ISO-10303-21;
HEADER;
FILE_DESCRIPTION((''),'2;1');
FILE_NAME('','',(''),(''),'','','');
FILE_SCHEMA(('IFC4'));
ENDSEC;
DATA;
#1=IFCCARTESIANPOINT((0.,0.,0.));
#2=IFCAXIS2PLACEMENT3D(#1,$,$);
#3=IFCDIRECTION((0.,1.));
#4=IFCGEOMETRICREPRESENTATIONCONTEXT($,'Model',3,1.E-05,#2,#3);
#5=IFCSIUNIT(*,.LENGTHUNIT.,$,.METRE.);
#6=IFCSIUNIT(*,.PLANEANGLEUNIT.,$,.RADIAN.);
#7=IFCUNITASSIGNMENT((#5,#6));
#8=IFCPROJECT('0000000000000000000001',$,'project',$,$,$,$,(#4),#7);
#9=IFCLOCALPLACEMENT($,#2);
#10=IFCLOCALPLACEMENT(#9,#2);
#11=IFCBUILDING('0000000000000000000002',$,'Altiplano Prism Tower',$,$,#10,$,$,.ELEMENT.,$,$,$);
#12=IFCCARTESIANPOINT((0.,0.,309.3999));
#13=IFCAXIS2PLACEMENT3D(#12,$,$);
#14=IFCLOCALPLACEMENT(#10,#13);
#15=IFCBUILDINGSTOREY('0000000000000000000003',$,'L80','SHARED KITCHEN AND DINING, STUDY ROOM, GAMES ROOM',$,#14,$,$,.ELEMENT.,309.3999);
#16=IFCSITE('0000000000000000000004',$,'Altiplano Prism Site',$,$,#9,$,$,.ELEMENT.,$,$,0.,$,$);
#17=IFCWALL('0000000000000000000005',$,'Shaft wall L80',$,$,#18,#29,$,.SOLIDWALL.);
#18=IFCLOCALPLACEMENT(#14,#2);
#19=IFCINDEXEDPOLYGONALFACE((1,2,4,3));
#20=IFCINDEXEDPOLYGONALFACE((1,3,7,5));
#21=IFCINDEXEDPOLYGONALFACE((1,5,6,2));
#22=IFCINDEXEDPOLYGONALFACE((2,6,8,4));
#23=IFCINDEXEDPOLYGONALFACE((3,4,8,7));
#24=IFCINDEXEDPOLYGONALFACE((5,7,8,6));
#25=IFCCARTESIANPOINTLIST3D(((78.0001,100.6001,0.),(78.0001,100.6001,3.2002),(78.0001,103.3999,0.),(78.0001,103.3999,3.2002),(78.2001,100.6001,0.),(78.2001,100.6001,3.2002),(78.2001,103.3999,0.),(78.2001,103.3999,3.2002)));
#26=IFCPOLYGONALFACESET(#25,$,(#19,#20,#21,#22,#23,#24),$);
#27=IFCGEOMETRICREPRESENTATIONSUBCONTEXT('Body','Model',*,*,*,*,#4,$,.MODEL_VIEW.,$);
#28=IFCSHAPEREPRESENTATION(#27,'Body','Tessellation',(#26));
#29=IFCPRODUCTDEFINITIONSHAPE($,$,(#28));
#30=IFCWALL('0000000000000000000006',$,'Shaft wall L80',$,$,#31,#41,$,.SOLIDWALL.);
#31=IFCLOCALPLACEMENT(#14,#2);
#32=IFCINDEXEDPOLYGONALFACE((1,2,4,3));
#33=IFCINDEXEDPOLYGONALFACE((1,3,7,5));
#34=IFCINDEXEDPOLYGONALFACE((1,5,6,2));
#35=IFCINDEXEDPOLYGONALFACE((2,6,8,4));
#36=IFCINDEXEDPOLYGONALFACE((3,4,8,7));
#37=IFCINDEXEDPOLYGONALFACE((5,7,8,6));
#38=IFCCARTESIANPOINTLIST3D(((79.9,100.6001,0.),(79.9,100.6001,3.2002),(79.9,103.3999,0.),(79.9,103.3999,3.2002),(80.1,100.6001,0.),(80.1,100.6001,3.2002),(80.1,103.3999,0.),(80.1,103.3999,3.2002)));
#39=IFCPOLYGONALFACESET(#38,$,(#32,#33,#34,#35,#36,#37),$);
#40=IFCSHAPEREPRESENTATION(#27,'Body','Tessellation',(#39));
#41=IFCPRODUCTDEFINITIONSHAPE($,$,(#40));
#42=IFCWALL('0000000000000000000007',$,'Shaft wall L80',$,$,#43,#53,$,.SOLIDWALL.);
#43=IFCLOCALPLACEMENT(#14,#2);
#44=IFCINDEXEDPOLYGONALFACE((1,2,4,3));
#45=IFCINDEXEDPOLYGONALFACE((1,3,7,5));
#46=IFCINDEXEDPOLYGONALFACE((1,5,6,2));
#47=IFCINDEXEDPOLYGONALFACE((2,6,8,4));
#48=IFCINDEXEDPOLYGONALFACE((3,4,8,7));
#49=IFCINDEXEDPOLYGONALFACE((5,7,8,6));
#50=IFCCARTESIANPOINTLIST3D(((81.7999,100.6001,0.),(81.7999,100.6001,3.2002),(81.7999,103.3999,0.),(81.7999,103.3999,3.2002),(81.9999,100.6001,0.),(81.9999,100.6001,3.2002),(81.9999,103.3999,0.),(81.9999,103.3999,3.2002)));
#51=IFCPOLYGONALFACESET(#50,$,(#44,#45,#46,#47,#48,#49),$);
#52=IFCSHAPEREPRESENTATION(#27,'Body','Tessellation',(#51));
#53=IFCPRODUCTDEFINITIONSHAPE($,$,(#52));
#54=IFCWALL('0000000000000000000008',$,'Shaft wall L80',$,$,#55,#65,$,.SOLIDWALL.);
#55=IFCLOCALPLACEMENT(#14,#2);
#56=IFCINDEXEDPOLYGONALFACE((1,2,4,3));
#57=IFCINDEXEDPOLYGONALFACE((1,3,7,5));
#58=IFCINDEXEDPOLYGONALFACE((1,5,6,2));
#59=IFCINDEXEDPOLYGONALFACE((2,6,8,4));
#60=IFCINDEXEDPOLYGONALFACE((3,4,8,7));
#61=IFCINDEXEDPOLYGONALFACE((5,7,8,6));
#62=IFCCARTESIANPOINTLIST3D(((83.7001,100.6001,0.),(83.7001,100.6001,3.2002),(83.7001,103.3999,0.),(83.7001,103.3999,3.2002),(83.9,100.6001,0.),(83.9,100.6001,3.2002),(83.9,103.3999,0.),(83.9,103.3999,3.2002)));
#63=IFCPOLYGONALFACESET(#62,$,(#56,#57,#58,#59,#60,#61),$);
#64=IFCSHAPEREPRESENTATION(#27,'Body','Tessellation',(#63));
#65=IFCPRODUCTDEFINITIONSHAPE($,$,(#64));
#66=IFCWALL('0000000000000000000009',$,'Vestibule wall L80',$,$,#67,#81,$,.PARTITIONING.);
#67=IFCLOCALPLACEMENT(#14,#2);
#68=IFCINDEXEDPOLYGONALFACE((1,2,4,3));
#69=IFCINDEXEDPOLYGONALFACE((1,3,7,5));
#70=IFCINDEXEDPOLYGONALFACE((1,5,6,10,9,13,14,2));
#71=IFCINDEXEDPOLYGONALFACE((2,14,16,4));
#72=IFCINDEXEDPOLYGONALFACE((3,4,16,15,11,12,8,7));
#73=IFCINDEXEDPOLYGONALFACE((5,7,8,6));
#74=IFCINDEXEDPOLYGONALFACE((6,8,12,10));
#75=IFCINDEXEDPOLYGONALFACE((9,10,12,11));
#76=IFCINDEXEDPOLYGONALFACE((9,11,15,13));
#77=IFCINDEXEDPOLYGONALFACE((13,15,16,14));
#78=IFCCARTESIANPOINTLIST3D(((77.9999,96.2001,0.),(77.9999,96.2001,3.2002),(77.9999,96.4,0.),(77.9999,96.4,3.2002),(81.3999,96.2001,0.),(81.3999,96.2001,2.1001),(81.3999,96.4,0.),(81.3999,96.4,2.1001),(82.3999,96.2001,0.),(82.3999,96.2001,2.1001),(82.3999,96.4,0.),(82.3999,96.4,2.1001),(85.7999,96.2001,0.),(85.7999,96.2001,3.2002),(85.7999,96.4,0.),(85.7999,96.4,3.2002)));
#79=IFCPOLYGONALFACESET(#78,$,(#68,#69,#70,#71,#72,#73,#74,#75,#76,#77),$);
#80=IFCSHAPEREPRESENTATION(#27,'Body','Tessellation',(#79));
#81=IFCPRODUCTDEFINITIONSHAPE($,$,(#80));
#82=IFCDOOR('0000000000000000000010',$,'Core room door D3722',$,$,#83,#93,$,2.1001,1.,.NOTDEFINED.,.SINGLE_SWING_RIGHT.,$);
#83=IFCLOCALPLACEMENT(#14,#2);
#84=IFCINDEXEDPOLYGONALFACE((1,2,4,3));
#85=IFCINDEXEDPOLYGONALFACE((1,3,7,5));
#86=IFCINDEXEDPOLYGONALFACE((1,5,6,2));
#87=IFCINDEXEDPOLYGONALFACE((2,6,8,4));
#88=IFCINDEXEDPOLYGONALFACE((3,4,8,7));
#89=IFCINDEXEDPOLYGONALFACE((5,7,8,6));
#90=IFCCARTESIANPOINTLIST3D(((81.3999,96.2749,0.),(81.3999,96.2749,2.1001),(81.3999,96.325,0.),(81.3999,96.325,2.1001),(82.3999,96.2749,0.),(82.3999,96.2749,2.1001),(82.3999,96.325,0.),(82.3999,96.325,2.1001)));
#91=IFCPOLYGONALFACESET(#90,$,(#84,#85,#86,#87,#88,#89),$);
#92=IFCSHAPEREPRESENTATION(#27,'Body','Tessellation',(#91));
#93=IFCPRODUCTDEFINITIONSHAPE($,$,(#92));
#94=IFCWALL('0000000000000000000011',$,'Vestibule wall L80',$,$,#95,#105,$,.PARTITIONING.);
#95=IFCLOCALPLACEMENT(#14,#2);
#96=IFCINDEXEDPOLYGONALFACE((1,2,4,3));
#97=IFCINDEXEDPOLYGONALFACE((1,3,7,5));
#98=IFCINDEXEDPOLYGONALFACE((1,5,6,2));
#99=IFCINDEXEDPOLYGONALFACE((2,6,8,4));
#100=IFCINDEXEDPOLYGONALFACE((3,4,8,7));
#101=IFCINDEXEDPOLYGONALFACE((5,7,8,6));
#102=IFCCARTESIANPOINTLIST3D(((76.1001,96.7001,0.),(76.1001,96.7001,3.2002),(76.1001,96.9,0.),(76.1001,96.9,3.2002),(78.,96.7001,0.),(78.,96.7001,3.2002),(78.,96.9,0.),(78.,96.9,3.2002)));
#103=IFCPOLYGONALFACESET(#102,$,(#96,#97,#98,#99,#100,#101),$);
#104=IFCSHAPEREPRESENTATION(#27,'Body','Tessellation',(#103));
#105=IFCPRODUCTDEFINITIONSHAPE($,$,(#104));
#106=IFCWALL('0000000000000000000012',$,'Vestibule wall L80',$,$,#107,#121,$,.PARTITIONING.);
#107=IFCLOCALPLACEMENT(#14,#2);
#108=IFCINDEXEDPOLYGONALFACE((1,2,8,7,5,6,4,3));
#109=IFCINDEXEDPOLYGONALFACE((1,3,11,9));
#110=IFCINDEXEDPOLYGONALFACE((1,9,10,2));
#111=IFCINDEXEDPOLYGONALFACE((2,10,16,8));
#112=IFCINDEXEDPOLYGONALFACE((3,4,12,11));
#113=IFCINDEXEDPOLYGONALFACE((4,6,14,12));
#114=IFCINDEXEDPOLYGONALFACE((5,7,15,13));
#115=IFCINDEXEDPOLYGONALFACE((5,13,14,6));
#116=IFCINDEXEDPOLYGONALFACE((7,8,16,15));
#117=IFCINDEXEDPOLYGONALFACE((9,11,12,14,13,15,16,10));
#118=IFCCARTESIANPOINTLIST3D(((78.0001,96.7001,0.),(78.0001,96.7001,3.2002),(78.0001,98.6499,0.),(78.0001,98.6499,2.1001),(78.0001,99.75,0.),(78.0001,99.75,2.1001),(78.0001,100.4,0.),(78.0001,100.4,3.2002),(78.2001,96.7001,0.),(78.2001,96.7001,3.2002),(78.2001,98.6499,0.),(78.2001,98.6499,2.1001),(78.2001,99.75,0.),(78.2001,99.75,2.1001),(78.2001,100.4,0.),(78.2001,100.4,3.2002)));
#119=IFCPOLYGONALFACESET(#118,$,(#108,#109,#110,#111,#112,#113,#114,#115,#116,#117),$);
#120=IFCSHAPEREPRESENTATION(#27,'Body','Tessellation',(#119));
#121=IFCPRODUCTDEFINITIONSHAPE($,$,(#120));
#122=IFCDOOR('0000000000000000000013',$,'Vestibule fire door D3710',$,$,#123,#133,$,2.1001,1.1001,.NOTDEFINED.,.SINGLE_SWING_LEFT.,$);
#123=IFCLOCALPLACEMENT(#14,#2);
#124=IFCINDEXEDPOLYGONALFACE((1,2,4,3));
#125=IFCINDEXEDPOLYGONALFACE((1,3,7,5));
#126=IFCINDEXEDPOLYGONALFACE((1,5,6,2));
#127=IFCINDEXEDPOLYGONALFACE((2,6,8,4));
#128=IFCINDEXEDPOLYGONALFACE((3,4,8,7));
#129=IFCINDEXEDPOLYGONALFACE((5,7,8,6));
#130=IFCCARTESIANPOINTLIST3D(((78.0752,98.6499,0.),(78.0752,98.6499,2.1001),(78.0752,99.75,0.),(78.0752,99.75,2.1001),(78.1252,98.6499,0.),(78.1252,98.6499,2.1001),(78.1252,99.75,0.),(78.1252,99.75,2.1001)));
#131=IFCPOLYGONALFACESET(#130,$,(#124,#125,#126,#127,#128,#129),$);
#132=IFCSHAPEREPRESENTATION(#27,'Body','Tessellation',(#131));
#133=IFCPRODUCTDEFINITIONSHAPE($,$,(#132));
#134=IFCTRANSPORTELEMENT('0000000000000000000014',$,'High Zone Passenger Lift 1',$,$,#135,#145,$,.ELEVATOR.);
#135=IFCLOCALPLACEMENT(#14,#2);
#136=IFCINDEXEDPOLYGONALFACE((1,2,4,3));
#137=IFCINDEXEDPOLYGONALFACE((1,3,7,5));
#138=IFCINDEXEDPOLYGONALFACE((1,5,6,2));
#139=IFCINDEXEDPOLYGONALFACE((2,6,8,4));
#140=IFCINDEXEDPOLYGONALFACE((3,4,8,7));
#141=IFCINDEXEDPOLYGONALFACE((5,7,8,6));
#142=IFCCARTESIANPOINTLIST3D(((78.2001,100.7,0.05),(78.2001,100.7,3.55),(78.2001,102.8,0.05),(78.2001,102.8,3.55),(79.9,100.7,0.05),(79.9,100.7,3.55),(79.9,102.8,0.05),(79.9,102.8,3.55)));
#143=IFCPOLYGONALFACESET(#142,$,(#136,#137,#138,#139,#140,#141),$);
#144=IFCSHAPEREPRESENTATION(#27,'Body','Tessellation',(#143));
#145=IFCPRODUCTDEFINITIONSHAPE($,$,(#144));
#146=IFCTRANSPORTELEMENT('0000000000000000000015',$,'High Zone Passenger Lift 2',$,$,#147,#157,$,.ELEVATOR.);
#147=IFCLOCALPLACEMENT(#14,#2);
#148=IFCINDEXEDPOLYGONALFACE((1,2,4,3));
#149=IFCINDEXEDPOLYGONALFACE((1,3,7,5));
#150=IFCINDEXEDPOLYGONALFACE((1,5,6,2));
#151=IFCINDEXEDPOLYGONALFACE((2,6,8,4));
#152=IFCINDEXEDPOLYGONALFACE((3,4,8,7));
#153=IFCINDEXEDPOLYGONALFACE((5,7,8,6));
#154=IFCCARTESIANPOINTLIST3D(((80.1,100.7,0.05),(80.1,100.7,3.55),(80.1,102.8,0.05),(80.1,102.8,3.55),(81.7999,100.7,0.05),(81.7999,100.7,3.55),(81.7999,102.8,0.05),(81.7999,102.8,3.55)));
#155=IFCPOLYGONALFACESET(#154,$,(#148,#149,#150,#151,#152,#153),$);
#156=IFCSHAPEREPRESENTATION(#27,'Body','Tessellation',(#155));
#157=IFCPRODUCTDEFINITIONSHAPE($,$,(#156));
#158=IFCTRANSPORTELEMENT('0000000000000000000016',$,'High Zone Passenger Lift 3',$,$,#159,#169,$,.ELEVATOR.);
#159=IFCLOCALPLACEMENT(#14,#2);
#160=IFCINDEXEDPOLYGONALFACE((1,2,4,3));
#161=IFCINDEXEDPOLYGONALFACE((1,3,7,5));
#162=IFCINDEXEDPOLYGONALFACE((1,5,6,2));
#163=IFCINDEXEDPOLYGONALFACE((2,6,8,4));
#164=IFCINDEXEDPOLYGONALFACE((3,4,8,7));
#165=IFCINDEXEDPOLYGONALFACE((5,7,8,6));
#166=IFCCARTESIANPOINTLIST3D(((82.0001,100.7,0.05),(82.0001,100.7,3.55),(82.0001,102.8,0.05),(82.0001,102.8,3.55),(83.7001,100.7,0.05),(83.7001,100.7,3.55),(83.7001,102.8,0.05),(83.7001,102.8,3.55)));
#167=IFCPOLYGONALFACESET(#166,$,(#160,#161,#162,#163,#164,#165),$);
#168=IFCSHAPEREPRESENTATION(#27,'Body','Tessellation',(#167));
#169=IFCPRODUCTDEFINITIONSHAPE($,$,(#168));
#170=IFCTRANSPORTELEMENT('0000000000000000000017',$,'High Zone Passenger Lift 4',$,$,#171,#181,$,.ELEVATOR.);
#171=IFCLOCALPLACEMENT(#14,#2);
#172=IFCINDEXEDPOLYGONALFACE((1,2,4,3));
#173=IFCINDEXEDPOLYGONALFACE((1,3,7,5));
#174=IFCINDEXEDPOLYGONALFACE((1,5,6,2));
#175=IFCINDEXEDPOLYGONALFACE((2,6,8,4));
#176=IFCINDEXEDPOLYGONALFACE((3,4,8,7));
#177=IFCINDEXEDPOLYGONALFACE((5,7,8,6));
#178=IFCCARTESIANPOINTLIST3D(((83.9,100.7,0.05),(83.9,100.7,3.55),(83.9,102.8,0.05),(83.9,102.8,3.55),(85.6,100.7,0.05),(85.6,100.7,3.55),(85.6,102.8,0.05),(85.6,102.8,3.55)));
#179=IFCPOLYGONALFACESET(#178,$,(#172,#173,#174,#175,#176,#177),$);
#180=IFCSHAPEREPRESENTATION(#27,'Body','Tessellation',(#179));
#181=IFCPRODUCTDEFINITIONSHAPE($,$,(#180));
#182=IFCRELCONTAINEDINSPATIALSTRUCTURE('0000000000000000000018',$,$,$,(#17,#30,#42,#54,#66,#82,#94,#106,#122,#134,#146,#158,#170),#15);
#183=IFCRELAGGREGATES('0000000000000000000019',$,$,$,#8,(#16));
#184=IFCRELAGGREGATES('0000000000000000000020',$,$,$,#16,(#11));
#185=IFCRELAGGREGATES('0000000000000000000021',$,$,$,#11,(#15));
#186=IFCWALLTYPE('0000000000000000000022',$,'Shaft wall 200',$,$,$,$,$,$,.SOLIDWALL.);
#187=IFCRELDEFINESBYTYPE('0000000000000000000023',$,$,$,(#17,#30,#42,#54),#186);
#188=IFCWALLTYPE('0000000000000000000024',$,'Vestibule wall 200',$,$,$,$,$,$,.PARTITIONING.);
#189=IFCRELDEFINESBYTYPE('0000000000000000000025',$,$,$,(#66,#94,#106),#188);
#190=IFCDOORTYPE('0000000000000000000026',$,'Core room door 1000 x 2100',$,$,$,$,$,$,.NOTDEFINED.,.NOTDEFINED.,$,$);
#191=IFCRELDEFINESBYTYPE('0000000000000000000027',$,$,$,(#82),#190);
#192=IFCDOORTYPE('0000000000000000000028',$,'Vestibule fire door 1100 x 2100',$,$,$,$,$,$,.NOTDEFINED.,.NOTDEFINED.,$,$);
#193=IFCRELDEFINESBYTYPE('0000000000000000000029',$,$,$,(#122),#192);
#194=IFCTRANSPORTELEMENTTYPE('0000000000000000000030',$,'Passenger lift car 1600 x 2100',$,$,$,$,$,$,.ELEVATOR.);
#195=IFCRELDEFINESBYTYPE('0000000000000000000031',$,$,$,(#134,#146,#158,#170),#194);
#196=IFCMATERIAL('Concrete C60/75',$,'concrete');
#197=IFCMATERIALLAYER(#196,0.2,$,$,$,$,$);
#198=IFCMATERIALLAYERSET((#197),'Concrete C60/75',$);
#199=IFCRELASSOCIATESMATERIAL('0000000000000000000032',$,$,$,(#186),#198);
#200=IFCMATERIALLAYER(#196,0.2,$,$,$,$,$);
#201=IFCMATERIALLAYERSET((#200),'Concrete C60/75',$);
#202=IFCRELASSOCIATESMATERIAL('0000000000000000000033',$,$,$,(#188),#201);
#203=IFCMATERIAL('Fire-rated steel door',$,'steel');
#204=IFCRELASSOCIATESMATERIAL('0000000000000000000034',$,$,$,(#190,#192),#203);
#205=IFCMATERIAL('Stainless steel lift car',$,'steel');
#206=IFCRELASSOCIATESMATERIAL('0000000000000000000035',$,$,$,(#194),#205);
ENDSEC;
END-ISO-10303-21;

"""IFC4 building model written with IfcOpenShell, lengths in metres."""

from ifc_helpers import new_model, si_unit, direction, frame, frame_2d, origin, origin_2d, place, context, subcontext, project, spatial, rectangle, extrude, material, layer, layer_set, type_object, element, fill, save


model = new_model("IFC4")

# Units and contexts
model_context = context("Model", 3, precision=1e-05, world=origin(), true_north=direction((0.0, 1.0)))
body_context = subcontext(model_context, "Body", "Model", "MODEL_VIEW")
ifc_project = project(units=[si_unit("LENGTHUNIT", "METRE"), si_unit("PLANEANGLEUNIT", "RADIAN")], contexts=[model_context])

# Site, building, storey
site_placement = place(None, origin())
site = spatial("IfcSite", under=ifc_project, at=site_placement, Name="Altiplano Prism Site", CompositionType="ELEMENT", RefElevation=0.0)
building_placement = place(site_placement, origin())
building = spatial("IfcBuilding", under=site, at=building_placement, Name="Altiplano Prism Tower", CompositionType="ELEMENT")
storey_placement = place(building_placement, frame((0.0, 0.0, 309.3999)))
storey = spatial("IfcBuildingStorey", under=building, at=storey_placement, Name="L80", Description="SHARED KITCHEN AND DINING, STUDY ROOM, GAMES ROOM", CompositionType="ELEMENT", Elevation=309.3999)

# Walls
ifc_material_1 = material(Name="Concrete C60/75", Category="concrete")
ifc_layer_1 = layer(ifc_material_1, 0.2)
ifc_layer_set_1 = layer_set([ifc_layer_1], Name="Concrete C60/75")
wall_type_1 = type_object("IfcWallType", Name="Shaft wall 200", PredefinedType="SOLIDWALL", material=ifc_layer_set_1)
for number, where, z_axis, x_axis, name in (
    (1, (78.1001, 100.6001, 0.0), (0.0, 0.0, 1.0), (0.0, 1.0, 0.0), "Shaft wall L80"),
    (2, (80.0, 100.6001, 0.0), (0.0, 0.0, 1.0), (0.0, 1.0, 0.0), "Shaft wall L80"),
    (3, (81.8999, 100.6001, 0.0), (0.0, 0.0, 1.0), (0.0, 1.0, 0.0), "Shaft wall L80"),
    (4, (83.8, 100.6001, 0.0), (0.0, 0.0, 1.0), (0.0, 1.0, 0.0), "Shaft wall L80"),
):
    element("IfcWall", number, at=place(storey_placement, frame(where, z_axis=z_axis, x_axis=x_axis)), inside=storey, type_object=wall_type_1, Name=name, PredefinedType="SOLIDWALL", context=body_context, shape_type="SweptSolid", body=[
        extrude(rectangle(XDim=2.7998, YDim=0.2, at=frame_2d((1.3999, 0.0))), origin(), (0.0, 0.0, 1.0), 3.2002),
    ])

# Wall, opening, door
ifc_layer_2 = layer(ifc_material_1, 0.2)
ifc_layer_set_2 = layer_set([ifc_layer_2], Name="Concrete C60/75")
wall_type_2 = type_object("IfcWallType", Name="Vestibule wall 200", PredefinedType="PARTITIONING", material=ifc_layer_set_2)
wall_1_placement = place(storey_placement, frame((78.0, 96.3, 0.0), z_axis=(0.0, 0.0, 1.0), x_axis=(1.0, 0.0, 0.0)))
wall_1 = element("IfcWall", 5, at=wall_1_placement, inside=storey, type_object=wall_type_2, Name="Vestibule wall L80", PredefinedType="PARTITIONING", context=body_context, shape_type="SweptSolid", body=[
    extrude(rectangle(XDim=7.8, YDim=0.2, at=frame_2d((3.8999, 0.0))), origin(), (0.0, 0.0, 1.0), 3.2002),
])
opening_1_placement = place(wall_1_placement, frame((3.3999, 0.0, 0.0)))
opening_1 = element("IfcOpeningElement", 6, at=opening_1_placement, cuts=wall_1, PredefinedType="OPENING", context=body_context, shape_type="SweptSolid", body=[
    extrude(rectangle(XDim=1.0, YDim=2.1001, at=frame_2d((0.5, 1.05))), frame((0.0, 0.1104, 0.0), z_axis=(0.0, -1.0, 0.0), x_axis=(1.0, 0.0, 0.0)), (0.0, 0.0, 1.0), 0.2209),
])
ifc_material_2 = material(Name="Fire-rated steel door", Category="steel")
door_type_1 = type_object("IfcDoorType", Name="Core room door 1000 x 2100", OperationType="NOTDEFINED", PredefinedType="NOTDEFINED", material=ifc_material_2)
door_1_placement = place(opening_1_placement, origin())
door_1 = element("IfcDoor", 7, at=door_1_placement, inside=storey, type_object=door_type_1, Name="Core room door D3722", OperationType="SINGLE_SWING_RIGHT", OverallHeight=2.1001, OverallWidth=1.0, PredefinedType="NOTDEFINED", context=body_context, shape_type="SweptSolid", body=[
    extrude(rectangle(XDim=1.0, YDim=2.1001, at=frame_2d((0.5, 1.05))), frame((0.0, 0.0249, 0.0), z_axis=(0.0, -1.0, 0.0), x_axis=(1.0, 0.0, 0.0)), (0.0, 0.0, 1.0), 0.05),
])
fill(opening_1, door_1)

# Wall
wall_2_placement = place(storey_placement, frame((76.1001, 96.8, 0.0), z_axis=(0.0, 0.0, 1.0), x_axis=(1.0, 0.0, 0.0)))
element("IfcWall", 8, at=wall_2_placement, inside=storey, type_object=wall_type_2, Name="Vestibule wall L80", PredefinedType="PARTITIONING", context=body_context, shape_type="SweptSolid", body=[
    extrude(rectangle(XDim=1.8999, YDim=0.2, at=frame_2d((0.95, 0.0))), origin(), (0.0, 0.0, 1.0), 3.2002),
])

# Wall, opening, door
wall_3_placement = place(storey_placement, frame((78.1001, 96.7, 0.0), z_axis=(0.0, 0.0, 1.0), x_axis=(0.0, 1.0, 0.0)))
wall_3 = element("IfcWall", 9, at=wall_3_placement, inside=storey, type_object=wall_type_2, Name="Vestibule wall L80", PredefinedType="PARTITIONING", context=body_context, shape_type="SweptSolid", body=[
    extrude(rectangle(XDim=3.7, YDim=0.2, at=frame_2d((1.8501, 0.0))), origin(), (0.0, 0.0, 1.0), 3.2002),
])
opening_2_placement = place(wall_3_placement, frame((1.95, 0.0, 0.0)))
opening_2 = element("IfcOpeningElement", 10, at=opening_2_placement, cuts=wall_3, PredefinedType="OPENING", context=body_context, shape_type="SweptSolid", body=[
    extrude(rectangle(XDim=1.1001, YDim=2.1001, at=frame_2d((0.55, 1.05))), frame((0.0, 0.1104, 0.0), z_axis=(0.0, -1.0, 0.0), x_axis=(1.0, 0.0, 0.0)), (0.0, 0.0, 1.0), 0.2209),
])
door_type_2 = type_object("IfcDoorType", Name="Vestibule fire door 1100 x 2100", OperationType="NOTDEFINED", PredefinedType="NOTDEFINED", material=ifc_material_2)
door_2_placement = place(opening_2_placement, origin())
door_2 = element("IfcDoor", 11, at=door_2_placement, inside=storey, type_object=door_type_2, Name="Vestibule fire door D3710", OperationType="SINGLE_SWING_LEFT", OverallHeight=2.1001, OverallWidth=1.1001, PredefinedType="NOTDEFINED", context=body_context, shape_type="SweptSolid", body=[
    extrude(rectangle(XDim=1.1001, YDim=2.1001, at=frame_2d((0.55, 1.05))), frame((0.0, 0.0249, 0.0), z_axis=(0.0, -1.0, 0.0), x_axis=(1.0, 0.0, 0.0)), (0.0, 0.0, 1.0), 0.05),
])
fill(opening_2, door_2)

# Transport elements
ifc_material_3 = material(Name="Stainless steel lift car", Category="steel")
transport_element_type = type_object("IfcTransportElementType", Name="Passenger lift car 1600 x 2100", PredefinedType="ELEVATOR", material=ifc_material_3)
for number, where, z_axis, x_axis, name in (
    (12, (79.05, 101.75, 0.05), (0.0, 0.0, 1.0), (1.0, 0.0, 0.0), "High Zone Passenger Lift 1"),
    (13, (80.95, 101.75, 0.05), (0.0, 0.0, 1.0), (1.0, 0.0, 0.0), "High Zone Passenger Lift 2"),
    (14, (82.8501, 101.75, 0.05), (0.0, 0.0, 1.0), (1.0, 0.0, 0.0), "High Zone Passenger Lift 3"),
    (15, (84.75, 101.75, 0.05), (0.0, 0.0, 1.0), (1.0, 0.0, 0.0), "High Zone Passenger Lift 4"),
):
    element("IfcTransportElement", number, at=place(storey_placement, frame(where, z_axis=z_axis, x_axis=x_axis)), inside=storey, type_object=transport_element_type, Name=name, PredefinedType="ELEVATOR", context=body_context, shape_type="SweptSolid", body=[
        extrude(rectangle(XDim=1.7, YDim=2.1001, at=origin_2d()), origin(), (0.0, 0.0, 1.0), 3.5),
    ])

save(model, "model.ifc")
